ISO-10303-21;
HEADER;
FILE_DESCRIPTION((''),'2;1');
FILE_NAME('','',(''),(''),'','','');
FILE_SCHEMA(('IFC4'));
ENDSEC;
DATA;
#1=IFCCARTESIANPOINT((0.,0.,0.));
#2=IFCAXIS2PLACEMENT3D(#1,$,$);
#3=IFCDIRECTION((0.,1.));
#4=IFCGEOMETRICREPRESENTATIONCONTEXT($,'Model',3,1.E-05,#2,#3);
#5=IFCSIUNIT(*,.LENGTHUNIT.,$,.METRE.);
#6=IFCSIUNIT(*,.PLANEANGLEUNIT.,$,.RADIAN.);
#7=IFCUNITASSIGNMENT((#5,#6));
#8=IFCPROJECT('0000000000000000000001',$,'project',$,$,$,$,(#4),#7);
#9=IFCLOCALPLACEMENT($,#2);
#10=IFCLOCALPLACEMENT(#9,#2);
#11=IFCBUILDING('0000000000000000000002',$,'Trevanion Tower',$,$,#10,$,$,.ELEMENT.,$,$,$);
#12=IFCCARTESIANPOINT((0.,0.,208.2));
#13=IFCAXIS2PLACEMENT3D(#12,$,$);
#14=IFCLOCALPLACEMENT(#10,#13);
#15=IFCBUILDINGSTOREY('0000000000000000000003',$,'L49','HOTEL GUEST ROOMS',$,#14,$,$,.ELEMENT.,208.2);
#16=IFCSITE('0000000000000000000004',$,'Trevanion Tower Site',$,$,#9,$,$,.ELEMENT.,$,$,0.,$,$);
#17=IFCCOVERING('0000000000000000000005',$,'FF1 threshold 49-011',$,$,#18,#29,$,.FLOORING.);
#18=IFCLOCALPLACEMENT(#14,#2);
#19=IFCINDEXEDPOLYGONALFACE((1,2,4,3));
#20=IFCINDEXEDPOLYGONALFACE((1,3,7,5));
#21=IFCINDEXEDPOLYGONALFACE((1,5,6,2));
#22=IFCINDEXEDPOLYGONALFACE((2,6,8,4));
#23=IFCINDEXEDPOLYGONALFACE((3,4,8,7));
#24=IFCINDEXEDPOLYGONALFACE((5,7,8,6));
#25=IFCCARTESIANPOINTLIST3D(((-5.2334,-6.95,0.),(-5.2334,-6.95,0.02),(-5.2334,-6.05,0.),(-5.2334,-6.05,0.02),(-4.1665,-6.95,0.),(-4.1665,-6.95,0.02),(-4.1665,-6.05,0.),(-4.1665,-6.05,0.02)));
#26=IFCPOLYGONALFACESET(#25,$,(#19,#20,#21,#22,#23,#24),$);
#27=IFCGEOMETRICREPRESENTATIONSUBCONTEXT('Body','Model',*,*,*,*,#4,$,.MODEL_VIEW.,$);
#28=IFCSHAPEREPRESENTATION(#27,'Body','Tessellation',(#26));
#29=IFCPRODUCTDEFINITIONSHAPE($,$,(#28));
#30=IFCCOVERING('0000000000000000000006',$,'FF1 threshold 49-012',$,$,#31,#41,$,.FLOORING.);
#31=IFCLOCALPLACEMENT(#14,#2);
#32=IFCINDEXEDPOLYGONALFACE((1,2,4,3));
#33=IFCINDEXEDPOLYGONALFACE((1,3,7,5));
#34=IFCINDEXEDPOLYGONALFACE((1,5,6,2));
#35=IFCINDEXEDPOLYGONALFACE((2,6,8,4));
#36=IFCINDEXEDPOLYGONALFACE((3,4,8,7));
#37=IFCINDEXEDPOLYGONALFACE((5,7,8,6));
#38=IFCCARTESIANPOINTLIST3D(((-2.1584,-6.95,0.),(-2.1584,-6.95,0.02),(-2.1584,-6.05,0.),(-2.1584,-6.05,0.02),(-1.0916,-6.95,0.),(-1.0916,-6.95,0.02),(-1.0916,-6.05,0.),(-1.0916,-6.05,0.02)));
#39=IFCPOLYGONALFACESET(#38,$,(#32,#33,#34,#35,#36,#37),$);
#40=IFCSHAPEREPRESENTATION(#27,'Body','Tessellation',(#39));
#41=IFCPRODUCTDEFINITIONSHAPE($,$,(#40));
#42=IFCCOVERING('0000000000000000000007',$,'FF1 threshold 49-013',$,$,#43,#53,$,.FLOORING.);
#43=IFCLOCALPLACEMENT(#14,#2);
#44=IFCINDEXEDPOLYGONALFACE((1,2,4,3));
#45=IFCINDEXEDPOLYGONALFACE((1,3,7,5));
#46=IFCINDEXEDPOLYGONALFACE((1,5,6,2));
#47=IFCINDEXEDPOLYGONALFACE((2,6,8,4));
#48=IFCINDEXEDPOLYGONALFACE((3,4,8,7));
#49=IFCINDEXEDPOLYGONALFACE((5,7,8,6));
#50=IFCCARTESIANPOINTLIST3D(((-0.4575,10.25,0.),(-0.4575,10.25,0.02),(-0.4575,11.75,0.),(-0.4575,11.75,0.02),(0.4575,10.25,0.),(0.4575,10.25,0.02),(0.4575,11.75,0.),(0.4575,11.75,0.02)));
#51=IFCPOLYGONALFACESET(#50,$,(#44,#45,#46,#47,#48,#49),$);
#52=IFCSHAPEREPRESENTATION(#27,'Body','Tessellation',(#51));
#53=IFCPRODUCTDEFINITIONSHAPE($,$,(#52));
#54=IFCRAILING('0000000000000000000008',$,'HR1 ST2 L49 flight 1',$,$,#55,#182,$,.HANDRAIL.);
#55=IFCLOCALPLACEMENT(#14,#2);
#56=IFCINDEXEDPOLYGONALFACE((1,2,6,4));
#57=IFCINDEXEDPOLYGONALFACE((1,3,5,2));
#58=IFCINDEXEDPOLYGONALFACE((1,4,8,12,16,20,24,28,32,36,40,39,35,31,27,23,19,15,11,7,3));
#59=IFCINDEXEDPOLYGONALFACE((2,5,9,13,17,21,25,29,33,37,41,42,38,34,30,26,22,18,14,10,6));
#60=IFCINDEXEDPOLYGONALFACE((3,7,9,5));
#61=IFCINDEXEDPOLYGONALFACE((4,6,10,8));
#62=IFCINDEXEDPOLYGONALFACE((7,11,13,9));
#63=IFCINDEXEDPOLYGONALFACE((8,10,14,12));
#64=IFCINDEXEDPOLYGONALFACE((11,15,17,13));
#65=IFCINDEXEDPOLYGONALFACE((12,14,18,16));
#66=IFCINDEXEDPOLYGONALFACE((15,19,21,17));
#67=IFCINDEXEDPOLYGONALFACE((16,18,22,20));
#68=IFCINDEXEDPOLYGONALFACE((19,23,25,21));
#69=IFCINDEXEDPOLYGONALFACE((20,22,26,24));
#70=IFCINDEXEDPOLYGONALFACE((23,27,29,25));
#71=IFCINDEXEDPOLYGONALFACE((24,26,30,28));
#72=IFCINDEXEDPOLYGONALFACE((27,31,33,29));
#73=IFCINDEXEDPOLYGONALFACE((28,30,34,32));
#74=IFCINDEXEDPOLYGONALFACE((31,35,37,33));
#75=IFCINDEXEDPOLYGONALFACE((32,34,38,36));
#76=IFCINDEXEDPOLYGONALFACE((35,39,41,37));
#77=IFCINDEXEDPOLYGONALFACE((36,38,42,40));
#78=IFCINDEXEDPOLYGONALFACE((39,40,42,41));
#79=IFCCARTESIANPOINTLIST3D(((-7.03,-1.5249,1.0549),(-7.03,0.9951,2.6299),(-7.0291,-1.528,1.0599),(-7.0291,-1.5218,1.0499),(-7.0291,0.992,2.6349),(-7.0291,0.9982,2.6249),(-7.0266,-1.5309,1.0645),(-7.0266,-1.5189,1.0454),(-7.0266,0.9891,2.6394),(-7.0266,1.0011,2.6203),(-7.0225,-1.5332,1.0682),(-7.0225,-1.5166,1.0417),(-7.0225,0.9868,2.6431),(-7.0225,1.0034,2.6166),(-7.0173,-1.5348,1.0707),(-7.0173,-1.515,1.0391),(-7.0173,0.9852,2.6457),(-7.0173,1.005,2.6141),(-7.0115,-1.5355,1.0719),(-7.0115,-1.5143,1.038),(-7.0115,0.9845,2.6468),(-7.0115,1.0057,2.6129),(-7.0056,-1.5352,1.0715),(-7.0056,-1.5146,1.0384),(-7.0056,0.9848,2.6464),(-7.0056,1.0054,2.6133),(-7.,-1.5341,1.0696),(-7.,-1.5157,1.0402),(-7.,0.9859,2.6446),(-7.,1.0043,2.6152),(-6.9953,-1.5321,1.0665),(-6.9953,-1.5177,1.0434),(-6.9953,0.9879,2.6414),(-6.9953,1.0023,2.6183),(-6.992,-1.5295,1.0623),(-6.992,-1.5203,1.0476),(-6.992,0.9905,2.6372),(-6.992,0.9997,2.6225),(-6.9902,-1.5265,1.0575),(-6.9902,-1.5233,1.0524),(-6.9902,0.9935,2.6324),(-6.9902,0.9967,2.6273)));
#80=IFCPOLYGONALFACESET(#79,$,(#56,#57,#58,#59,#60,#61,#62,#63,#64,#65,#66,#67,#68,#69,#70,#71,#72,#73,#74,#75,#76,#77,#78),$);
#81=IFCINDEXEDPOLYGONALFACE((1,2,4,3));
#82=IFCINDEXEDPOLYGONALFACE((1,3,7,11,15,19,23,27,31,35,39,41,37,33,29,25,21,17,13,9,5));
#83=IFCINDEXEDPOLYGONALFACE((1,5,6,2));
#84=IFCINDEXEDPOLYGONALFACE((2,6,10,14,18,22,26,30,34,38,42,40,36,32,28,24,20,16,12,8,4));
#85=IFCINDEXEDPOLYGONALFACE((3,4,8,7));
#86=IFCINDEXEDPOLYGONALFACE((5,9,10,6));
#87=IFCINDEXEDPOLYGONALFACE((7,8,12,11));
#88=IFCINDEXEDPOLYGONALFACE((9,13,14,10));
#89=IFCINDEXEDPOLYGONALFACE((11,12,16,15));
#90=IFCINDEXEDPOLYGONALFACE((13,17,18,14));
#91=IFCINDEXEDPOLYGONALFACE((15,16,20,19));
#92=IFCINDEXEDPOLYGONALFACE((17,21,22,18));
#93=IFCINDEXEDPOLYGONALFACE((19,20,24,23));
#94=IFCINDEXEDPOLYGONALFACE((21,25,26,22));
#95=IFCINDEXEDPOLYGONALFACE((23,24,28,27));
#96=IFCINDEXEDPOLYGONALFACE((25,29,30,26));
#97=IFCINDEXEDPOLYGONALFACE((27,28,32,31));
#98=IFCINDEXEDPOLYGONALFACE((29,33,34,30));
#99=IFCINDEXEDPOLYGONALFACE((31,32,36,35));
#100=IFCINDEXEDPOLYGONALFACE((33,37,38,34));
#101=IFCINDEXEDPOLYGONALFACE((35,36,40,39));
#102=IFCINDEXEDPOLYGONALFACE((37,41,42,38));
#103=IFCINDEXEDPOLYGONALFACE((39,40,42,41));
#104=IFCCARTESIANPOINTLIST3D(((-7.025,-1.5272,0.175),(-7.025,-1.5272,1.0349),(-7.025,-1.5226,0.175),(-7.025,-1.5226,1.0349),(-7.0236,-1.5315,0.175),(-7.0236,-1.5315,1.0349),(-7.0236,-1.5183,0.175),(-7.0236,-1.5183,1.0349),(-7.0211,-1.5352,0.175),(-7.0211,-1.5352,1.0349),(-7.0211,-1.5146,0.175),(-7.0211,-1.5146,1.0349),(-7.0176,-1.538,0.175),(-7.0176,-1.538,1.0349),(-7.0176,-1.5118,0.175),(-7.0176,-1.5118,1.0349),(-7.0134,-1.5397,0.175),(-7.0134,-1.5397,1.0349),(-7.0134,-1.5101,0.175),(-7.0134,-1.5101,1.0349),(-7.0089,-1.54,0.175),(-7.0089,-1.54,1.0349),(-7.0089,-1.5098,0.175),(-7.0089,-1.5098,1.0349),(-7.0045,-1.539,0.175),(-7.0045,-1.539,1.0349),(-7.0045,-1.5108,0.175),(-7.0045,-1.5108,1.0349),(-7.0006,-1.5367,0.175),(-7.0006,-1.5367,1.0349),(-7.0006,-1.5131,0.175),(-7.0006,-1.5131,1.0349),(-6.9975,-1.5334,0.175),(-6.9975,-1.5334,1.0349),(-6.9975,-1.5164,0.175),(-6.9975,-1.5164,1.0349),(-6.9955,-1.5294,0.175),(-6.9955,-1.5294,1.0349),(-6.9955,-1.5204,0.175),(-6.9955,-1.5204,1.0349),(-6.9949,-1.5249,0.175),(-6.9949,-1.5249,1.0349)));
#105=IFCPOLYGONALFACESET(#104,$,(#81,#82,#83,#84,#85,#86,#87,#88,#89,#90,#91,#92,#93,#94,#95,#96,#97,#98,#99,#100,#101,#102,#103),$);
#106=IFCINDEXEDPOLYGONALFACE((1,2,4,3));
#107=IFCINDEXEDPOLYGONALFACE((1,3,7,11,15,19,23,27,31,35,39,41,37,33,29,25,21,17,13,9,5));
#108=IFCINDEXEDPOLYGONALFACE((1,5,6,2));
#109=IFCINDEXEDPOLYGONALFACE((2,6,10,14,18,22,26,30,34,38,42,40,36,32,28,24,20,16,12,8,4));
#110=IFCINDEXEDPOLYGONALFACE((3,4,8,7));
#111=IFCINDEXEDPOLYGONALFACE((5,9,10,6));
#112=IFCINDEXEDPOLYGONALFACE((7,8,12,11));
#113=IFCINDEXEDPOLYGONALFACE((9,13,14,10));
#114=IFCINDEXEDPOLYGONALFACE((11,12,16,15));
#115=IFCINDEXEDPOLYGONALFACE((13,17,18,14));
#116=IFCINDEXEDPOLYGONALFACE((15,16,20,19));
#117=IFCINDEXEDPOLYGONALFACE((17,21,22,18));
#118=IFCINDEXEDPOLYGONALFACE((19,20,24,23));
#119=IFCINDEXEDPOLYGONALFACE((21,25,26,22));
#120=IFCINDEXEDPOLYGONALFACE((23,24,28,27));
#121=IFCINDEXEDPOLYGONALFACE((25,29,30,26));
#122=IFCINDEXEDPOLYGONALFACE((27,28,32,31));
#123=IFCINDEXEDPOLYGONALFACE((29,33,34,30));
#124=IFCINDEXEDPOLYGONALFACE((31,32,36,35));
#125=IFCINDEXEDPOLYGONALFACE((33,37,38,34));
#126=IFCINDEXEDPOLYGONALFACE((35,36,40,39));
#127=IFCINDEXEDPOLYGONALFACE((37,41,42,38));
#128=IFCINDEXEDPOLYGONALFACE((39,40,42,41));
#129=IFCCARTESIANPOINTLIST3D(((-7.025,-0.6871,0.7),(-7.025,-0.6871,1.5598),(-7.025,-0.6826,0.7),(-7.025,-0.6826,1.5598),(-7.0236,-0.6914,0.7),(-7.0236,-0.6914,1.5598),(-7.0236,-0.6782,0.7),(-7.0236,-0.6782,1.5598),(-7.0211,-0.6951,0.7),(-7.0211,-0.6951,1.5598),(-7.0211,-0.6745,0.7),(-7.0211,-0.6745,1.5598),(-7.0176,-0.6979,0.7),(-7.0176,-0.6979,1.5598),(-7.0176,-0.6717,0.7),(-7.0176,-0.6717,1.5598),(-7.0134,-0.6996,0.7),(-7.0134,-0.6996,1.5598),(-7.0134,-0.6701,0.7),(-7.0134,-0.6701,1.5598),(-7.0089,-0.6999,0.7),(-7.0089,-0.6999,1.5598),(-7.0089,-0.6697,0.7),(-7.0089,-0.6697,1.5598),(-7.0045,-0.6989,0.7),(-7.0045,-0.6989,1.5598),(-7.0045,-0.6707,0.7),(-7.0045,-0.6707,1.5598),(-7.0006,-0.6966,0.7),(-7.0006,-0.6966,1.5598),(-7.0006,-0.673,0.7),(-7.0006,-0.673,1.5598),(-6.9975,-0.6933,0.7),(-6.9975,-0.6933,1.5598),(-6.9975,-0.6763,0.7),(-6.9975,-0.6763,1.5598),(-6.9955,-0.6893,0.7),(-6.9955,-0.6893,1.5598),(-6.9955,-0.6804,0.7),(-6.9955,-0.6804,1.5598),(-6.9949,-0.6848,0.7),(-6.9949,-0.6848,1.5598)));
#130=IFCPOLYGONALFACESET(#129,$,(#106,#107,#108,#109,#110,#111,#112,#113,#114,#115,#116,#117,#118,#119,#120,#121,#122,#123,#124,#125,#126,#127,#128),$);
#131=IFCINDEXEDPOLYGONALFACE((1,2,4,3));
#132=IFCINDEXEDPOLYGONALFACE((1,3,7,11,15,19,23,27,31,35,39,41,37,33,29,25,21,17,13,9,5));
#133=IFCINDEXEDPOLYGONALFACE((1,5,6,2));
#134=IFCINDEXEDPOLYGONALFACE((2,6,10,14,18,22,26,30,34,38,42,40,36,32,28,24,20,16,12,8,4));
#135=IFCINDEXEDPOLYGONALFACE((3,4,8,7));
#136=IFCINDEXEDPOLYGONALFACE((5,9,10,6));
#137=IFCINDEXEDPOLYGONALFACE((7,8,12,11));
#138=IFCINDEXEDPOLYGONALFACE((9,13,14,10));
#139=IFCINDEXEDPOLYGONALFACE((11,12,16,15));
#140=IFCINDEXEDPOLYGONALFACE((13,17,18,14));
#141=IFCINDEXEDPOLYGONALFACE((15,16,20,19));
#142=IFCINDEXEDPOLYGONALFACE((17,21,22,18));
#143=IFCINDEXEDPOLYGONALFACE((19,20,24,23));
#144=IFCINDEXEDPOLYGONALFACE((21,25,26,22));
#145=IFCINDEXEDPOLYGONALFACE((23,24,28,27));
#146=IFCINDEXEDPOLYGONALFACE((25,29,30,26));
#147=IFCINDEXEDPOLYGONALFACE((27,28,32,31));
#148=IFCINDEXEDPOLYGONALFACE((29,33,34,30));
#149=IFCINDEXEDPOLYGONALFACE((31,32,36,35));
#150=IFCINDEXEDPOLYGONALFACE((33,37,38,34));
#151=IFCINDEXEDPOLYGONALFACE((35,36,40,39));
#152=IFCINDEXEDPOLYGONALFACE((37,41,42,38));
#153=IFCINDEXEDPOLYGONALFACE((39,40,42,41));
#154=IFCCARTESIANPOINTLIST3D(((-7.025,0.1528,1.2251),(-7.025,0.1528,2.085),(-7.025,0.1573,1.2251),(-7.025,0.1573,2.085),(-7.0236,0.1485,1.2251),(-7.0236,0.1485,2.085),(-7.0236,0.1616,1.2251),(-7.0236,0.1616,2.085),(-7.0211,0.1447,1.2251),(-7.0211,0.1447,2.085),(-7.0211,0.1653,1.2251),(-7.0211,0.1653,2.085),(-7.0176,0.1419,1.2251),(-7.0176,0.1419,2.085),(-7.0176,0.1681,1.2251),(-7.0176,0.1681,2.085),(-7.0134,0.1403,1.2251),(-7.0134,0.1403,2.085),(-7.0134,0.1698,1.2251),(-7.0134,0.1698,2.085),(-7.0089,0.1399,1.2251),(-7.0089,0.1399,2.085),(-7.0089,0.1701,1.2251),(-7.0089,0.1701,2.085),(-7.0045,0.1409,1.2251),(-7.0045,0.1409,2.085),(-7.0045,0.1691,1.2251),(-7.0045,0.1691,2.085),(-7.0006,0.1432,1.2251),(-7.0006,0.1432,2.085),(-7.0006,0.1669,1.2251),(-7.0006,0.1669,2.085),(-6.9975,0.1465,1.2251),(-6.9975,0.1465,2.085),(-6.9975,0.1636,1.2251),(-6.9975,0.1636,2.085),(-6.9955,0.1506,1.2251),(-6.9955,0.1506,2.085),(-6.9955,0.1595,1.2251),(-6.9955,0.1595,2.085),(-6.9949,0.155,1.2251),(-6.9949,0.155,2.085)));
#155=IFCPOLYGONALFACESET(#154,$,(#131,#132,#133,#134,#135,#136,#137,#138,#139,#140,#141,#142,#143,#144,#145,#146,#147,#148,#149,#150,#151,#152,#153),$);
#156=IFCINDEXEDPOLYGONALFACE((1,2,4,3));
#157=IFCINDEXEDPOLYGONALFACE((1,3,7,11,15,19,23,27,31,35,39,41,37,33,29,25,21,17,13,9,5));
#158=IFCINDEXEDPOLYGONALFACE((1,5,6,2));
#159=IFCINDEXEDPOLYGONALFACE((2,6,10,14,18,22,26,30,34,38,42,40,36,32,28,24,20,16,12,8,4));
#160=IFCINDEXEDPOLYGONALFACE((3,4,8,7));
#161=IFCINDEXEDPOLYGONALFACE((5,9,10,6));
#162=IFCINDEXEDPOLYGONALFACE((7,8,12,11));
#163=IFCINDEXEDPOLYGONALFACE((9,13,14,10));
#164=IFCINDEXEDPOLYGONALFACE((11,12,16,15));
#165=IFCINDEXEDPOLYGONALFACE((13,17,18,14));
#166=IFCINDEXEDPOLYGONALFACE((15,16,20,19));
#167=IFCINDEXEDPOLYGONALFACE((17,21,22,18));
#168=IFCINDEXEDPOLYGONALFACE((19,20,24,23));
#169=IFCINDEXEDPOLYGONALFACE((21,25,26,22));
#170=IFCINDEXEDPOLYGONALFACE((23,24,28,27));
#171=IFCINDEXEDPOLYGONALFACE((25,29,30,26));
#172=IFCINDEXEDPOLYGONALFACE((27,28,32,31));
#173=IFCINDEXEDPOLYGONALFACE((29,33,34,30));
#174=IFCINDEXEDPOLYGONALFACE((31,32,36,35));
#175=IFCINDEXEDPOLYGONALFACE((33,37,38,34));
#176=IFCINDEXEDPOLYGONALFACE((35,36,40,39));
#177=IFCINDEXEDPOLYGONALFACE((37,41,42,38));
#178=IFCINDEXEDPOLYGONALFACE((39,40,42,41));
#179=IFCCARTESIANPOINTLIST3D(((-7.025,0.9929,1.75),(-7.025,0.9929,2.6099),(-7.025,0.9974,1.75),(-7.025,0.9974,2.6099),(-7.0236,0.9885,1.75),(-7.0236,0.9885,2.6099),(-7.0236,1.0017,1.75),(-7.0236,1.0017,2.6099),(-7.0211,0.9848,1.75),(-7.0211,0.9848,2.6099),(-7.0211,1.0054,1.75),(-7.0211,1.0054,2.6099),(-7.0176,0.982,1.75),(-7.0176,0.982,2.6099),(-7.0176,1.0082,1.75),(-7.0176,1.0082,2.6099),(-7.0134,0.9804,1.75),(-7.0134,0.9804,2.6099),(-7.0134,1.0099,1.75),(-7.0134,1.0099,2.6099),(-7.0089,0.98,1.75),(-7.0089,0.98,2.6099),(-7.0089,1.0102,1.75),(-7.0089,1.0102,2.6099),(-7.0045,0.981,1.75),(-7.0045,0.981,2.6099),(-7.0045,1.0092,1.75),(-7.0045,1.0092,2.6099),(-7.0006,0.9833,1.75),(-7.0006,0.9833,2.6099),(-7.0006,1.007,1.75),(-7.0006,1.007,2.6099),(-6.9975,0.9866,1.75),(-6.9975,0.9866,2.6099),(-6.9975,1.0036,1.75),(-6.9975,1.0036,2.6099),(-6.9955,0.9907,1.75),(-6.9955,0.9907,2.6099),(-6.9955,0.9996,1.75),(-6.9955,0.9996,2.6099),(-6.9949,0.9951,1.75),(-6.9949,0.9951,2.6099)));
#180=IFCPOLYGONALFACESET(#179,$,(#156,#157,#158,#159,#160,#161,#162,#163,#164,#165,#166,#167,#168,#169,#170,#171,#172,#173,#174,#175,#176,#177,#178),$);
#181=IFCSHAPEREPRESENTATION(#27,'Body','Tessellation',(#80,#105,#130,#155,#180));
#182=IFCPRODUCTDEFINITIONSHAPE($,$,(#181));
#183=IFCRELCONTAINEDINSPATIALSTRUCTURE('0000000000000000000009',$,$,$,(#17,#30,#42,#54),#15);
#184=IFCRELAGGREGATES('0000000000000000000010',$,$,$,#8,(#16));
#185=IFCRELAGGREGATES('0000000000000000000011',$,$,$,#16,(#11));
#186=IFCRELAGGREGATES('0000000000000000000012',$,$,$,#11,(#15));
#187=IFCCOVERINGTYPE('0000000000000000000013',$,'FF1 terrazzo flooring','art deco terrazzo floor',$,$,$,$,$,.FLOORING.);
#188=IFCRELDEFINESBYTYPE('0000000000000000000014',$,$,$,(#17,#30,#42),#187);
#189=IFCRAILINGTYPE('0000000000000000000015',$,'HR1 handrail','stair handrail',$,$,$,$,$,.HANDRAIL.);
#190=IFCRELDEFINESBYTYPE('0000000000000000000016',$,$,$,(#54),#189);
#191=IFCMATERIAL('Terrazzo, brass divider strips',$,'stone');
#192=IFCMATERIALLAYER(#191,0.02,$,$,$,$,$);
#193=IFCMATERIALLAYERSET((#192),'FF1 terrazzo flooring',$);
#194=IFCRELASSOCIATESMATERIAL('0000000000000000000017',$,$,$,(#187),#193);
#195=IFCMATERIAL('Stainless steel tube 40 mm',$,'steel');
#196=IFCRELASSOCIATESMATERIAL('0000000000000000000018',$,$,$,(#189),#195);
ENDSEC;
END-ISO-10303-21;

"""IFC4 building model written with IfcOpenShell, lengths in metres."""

from ifc_helpers import new_model, si_unit, direction, frame, origin, origin_2d, place, context, subcontext, project, spatial, polyline, circle, outline, extrude, material, layer, layer_set, type_object, element, save


model = new_model("IFC4")

# Units and contexts
model_context = context("Model", 3, precision=1e-05, world=origin(), true_north=direction((0.0, 1.0)))
body_context = subcontext(model_context, "Body", "Model", "MODEL_VIEW")
ifc_project = project(units=[si_unit("LENGTHUNIT", "METRE"), si_unit("PLANEANGLEUNIT", "RADIAN")], contexts=[model_context])

# Site, building, storey
site_placement = place(None, origin())
site = spatial("IfcSite", under=ifc_project, at=site_placement, Name="Trevanion Tower Site", CompositionType="ELEMENT", RefElevation=0.0)
building_placement = place(site_placement, origin())
building = spatial("IfcBuilding", under=site, at=building_placement, Name="Trevanion Tower", CompositionType="ELEMENT")
storey_placement = place(building_placement, frame((0.0, 0.0, 208.2)))
storey = spatial("IfcBuildingStorey", under=building, at=storey_placement, Name="L49", Description="HOTEL GUEST ROOMS", CompositionType="ELEMENT", Elevation=208.2)

# Coverings
ifc_material_1 = material(Name="Terrazzo, brass divider strips", Category="stone")
ifc_layer_1 = layer(ifc_material_1, 0.02)
ifc_layer_set_1 = layer_set([ifc_layer_1], Name="FF1 terrazzo flooring")
covering_type = type_object("IfcCoveringType", Name="FF1 terrazzo flooring", Description="art deco terrazzo floor", PredefinedType="FLOORING", material=ifc_layer_set_1)
covering_1_placement = place(storey_placement, origin())
element("IfcCovering", 1, at=covering_1_placement, inside=storey, type_object=covering_type, Name="FF1 threshold 49-011", PredefinedType="FLOORING", context=body_context, shape_type="SweptSolid", body=[
    extrude(outline(polyline([(-5.2334, -6.95), (-4.1665, -6.95), (-4.1665, -6.05), (-5.2334, -6.05), (-5.2334, -6.95)])), origin(), (0.0, 0.0, 1.0), 0.02),
])
covering_2_placement = place(storey_placement, origin())
element("IfcCovering", 2, at=covering_2_placement, inside=storey, type_object=covering_type, Name="FF1 threshold 49-012", PredefinedType="FLOORING", context=body_context, shape_type="SweptSolid", body=[
    extrude(outline(polyline([(-2.1584, -6.95), (-1.0916, -6.95), (-1.0916, -6.05), (-2.1584, -6.05), (-2.1584, -6.95)])), origin(), (0.0, 0.0, 1.0), 0.02),
])
covering_3_placement = place(storey_placement, origin())
element("IfcCovering", 3, at=covering_3_placement, inside=storey, type_object=covering_type, Name="FF1 threshold 49-013", PredefinedType="FLOORING", context=body_context, shape_type="SweptSolid", body=[
    extrude(outline(polyline([(0.4575, 11.75), (-0.4575, 11.75), (-0.4575, 10.25), (0.4575, 10.25), (0.4575, 11.75)])), origin(), (0.0, 0.0, 1.0), 0.02),
])

# Railing
ifc_material_2 = material(Name="Stainless steel tube 40 mm", Category="steel")
railing_type = type_object("IfcRailingType", Name="HR1 handrail", Description="stair handrail", PredefinedType="HANDRAIL", material=ifc_material_2)
for number, where, name in (
    (4, (-7.01, -1.5249, 0.175), "HR1 ST2 L49 flight 1"),
):
    element("IfcRailing", number, at=place(storey_placement, frame(where)), inside=storey, type_object=railing_type, Name=name, PredefinedType="HANDRAIL", context=body_context, shape_type="SweptSolid", body=[
        extrude(circle(Radius=0.02, at=origin_2d()), frame((0.0, 0.0, 0.8799), z_axis=(0.0, 0.848008, 0.529984), x_axis=(-1.0, 0.0, 0.0)), (0.0, 0.0, 1.0), 2.9717),
        extrude(circle(Radius=0.0151, at=origin_2d()), origin(), (0.0, 0.0, 1.0), 0.8599),
        extrude(circle(Radius=0.0151, at=origin_2d()), frame((0.0, 0.8401, 0.5249)), (0.0, 0.0, 1.0), 0.8599),
        extrude(circle(Radius=0.0151, at=origin_2d()), frame((0.0, 1.6799, 1.05)), (0.0, 0.0, 1.0), 0.8599),
        extrude(circle(Radius=0.0151, at=origin_2d()), frame((0.0, 2.52, 1.575)), (0.0, 0.0, 1.0), 0.8599),
    ])

save(model, "model.ifc")
